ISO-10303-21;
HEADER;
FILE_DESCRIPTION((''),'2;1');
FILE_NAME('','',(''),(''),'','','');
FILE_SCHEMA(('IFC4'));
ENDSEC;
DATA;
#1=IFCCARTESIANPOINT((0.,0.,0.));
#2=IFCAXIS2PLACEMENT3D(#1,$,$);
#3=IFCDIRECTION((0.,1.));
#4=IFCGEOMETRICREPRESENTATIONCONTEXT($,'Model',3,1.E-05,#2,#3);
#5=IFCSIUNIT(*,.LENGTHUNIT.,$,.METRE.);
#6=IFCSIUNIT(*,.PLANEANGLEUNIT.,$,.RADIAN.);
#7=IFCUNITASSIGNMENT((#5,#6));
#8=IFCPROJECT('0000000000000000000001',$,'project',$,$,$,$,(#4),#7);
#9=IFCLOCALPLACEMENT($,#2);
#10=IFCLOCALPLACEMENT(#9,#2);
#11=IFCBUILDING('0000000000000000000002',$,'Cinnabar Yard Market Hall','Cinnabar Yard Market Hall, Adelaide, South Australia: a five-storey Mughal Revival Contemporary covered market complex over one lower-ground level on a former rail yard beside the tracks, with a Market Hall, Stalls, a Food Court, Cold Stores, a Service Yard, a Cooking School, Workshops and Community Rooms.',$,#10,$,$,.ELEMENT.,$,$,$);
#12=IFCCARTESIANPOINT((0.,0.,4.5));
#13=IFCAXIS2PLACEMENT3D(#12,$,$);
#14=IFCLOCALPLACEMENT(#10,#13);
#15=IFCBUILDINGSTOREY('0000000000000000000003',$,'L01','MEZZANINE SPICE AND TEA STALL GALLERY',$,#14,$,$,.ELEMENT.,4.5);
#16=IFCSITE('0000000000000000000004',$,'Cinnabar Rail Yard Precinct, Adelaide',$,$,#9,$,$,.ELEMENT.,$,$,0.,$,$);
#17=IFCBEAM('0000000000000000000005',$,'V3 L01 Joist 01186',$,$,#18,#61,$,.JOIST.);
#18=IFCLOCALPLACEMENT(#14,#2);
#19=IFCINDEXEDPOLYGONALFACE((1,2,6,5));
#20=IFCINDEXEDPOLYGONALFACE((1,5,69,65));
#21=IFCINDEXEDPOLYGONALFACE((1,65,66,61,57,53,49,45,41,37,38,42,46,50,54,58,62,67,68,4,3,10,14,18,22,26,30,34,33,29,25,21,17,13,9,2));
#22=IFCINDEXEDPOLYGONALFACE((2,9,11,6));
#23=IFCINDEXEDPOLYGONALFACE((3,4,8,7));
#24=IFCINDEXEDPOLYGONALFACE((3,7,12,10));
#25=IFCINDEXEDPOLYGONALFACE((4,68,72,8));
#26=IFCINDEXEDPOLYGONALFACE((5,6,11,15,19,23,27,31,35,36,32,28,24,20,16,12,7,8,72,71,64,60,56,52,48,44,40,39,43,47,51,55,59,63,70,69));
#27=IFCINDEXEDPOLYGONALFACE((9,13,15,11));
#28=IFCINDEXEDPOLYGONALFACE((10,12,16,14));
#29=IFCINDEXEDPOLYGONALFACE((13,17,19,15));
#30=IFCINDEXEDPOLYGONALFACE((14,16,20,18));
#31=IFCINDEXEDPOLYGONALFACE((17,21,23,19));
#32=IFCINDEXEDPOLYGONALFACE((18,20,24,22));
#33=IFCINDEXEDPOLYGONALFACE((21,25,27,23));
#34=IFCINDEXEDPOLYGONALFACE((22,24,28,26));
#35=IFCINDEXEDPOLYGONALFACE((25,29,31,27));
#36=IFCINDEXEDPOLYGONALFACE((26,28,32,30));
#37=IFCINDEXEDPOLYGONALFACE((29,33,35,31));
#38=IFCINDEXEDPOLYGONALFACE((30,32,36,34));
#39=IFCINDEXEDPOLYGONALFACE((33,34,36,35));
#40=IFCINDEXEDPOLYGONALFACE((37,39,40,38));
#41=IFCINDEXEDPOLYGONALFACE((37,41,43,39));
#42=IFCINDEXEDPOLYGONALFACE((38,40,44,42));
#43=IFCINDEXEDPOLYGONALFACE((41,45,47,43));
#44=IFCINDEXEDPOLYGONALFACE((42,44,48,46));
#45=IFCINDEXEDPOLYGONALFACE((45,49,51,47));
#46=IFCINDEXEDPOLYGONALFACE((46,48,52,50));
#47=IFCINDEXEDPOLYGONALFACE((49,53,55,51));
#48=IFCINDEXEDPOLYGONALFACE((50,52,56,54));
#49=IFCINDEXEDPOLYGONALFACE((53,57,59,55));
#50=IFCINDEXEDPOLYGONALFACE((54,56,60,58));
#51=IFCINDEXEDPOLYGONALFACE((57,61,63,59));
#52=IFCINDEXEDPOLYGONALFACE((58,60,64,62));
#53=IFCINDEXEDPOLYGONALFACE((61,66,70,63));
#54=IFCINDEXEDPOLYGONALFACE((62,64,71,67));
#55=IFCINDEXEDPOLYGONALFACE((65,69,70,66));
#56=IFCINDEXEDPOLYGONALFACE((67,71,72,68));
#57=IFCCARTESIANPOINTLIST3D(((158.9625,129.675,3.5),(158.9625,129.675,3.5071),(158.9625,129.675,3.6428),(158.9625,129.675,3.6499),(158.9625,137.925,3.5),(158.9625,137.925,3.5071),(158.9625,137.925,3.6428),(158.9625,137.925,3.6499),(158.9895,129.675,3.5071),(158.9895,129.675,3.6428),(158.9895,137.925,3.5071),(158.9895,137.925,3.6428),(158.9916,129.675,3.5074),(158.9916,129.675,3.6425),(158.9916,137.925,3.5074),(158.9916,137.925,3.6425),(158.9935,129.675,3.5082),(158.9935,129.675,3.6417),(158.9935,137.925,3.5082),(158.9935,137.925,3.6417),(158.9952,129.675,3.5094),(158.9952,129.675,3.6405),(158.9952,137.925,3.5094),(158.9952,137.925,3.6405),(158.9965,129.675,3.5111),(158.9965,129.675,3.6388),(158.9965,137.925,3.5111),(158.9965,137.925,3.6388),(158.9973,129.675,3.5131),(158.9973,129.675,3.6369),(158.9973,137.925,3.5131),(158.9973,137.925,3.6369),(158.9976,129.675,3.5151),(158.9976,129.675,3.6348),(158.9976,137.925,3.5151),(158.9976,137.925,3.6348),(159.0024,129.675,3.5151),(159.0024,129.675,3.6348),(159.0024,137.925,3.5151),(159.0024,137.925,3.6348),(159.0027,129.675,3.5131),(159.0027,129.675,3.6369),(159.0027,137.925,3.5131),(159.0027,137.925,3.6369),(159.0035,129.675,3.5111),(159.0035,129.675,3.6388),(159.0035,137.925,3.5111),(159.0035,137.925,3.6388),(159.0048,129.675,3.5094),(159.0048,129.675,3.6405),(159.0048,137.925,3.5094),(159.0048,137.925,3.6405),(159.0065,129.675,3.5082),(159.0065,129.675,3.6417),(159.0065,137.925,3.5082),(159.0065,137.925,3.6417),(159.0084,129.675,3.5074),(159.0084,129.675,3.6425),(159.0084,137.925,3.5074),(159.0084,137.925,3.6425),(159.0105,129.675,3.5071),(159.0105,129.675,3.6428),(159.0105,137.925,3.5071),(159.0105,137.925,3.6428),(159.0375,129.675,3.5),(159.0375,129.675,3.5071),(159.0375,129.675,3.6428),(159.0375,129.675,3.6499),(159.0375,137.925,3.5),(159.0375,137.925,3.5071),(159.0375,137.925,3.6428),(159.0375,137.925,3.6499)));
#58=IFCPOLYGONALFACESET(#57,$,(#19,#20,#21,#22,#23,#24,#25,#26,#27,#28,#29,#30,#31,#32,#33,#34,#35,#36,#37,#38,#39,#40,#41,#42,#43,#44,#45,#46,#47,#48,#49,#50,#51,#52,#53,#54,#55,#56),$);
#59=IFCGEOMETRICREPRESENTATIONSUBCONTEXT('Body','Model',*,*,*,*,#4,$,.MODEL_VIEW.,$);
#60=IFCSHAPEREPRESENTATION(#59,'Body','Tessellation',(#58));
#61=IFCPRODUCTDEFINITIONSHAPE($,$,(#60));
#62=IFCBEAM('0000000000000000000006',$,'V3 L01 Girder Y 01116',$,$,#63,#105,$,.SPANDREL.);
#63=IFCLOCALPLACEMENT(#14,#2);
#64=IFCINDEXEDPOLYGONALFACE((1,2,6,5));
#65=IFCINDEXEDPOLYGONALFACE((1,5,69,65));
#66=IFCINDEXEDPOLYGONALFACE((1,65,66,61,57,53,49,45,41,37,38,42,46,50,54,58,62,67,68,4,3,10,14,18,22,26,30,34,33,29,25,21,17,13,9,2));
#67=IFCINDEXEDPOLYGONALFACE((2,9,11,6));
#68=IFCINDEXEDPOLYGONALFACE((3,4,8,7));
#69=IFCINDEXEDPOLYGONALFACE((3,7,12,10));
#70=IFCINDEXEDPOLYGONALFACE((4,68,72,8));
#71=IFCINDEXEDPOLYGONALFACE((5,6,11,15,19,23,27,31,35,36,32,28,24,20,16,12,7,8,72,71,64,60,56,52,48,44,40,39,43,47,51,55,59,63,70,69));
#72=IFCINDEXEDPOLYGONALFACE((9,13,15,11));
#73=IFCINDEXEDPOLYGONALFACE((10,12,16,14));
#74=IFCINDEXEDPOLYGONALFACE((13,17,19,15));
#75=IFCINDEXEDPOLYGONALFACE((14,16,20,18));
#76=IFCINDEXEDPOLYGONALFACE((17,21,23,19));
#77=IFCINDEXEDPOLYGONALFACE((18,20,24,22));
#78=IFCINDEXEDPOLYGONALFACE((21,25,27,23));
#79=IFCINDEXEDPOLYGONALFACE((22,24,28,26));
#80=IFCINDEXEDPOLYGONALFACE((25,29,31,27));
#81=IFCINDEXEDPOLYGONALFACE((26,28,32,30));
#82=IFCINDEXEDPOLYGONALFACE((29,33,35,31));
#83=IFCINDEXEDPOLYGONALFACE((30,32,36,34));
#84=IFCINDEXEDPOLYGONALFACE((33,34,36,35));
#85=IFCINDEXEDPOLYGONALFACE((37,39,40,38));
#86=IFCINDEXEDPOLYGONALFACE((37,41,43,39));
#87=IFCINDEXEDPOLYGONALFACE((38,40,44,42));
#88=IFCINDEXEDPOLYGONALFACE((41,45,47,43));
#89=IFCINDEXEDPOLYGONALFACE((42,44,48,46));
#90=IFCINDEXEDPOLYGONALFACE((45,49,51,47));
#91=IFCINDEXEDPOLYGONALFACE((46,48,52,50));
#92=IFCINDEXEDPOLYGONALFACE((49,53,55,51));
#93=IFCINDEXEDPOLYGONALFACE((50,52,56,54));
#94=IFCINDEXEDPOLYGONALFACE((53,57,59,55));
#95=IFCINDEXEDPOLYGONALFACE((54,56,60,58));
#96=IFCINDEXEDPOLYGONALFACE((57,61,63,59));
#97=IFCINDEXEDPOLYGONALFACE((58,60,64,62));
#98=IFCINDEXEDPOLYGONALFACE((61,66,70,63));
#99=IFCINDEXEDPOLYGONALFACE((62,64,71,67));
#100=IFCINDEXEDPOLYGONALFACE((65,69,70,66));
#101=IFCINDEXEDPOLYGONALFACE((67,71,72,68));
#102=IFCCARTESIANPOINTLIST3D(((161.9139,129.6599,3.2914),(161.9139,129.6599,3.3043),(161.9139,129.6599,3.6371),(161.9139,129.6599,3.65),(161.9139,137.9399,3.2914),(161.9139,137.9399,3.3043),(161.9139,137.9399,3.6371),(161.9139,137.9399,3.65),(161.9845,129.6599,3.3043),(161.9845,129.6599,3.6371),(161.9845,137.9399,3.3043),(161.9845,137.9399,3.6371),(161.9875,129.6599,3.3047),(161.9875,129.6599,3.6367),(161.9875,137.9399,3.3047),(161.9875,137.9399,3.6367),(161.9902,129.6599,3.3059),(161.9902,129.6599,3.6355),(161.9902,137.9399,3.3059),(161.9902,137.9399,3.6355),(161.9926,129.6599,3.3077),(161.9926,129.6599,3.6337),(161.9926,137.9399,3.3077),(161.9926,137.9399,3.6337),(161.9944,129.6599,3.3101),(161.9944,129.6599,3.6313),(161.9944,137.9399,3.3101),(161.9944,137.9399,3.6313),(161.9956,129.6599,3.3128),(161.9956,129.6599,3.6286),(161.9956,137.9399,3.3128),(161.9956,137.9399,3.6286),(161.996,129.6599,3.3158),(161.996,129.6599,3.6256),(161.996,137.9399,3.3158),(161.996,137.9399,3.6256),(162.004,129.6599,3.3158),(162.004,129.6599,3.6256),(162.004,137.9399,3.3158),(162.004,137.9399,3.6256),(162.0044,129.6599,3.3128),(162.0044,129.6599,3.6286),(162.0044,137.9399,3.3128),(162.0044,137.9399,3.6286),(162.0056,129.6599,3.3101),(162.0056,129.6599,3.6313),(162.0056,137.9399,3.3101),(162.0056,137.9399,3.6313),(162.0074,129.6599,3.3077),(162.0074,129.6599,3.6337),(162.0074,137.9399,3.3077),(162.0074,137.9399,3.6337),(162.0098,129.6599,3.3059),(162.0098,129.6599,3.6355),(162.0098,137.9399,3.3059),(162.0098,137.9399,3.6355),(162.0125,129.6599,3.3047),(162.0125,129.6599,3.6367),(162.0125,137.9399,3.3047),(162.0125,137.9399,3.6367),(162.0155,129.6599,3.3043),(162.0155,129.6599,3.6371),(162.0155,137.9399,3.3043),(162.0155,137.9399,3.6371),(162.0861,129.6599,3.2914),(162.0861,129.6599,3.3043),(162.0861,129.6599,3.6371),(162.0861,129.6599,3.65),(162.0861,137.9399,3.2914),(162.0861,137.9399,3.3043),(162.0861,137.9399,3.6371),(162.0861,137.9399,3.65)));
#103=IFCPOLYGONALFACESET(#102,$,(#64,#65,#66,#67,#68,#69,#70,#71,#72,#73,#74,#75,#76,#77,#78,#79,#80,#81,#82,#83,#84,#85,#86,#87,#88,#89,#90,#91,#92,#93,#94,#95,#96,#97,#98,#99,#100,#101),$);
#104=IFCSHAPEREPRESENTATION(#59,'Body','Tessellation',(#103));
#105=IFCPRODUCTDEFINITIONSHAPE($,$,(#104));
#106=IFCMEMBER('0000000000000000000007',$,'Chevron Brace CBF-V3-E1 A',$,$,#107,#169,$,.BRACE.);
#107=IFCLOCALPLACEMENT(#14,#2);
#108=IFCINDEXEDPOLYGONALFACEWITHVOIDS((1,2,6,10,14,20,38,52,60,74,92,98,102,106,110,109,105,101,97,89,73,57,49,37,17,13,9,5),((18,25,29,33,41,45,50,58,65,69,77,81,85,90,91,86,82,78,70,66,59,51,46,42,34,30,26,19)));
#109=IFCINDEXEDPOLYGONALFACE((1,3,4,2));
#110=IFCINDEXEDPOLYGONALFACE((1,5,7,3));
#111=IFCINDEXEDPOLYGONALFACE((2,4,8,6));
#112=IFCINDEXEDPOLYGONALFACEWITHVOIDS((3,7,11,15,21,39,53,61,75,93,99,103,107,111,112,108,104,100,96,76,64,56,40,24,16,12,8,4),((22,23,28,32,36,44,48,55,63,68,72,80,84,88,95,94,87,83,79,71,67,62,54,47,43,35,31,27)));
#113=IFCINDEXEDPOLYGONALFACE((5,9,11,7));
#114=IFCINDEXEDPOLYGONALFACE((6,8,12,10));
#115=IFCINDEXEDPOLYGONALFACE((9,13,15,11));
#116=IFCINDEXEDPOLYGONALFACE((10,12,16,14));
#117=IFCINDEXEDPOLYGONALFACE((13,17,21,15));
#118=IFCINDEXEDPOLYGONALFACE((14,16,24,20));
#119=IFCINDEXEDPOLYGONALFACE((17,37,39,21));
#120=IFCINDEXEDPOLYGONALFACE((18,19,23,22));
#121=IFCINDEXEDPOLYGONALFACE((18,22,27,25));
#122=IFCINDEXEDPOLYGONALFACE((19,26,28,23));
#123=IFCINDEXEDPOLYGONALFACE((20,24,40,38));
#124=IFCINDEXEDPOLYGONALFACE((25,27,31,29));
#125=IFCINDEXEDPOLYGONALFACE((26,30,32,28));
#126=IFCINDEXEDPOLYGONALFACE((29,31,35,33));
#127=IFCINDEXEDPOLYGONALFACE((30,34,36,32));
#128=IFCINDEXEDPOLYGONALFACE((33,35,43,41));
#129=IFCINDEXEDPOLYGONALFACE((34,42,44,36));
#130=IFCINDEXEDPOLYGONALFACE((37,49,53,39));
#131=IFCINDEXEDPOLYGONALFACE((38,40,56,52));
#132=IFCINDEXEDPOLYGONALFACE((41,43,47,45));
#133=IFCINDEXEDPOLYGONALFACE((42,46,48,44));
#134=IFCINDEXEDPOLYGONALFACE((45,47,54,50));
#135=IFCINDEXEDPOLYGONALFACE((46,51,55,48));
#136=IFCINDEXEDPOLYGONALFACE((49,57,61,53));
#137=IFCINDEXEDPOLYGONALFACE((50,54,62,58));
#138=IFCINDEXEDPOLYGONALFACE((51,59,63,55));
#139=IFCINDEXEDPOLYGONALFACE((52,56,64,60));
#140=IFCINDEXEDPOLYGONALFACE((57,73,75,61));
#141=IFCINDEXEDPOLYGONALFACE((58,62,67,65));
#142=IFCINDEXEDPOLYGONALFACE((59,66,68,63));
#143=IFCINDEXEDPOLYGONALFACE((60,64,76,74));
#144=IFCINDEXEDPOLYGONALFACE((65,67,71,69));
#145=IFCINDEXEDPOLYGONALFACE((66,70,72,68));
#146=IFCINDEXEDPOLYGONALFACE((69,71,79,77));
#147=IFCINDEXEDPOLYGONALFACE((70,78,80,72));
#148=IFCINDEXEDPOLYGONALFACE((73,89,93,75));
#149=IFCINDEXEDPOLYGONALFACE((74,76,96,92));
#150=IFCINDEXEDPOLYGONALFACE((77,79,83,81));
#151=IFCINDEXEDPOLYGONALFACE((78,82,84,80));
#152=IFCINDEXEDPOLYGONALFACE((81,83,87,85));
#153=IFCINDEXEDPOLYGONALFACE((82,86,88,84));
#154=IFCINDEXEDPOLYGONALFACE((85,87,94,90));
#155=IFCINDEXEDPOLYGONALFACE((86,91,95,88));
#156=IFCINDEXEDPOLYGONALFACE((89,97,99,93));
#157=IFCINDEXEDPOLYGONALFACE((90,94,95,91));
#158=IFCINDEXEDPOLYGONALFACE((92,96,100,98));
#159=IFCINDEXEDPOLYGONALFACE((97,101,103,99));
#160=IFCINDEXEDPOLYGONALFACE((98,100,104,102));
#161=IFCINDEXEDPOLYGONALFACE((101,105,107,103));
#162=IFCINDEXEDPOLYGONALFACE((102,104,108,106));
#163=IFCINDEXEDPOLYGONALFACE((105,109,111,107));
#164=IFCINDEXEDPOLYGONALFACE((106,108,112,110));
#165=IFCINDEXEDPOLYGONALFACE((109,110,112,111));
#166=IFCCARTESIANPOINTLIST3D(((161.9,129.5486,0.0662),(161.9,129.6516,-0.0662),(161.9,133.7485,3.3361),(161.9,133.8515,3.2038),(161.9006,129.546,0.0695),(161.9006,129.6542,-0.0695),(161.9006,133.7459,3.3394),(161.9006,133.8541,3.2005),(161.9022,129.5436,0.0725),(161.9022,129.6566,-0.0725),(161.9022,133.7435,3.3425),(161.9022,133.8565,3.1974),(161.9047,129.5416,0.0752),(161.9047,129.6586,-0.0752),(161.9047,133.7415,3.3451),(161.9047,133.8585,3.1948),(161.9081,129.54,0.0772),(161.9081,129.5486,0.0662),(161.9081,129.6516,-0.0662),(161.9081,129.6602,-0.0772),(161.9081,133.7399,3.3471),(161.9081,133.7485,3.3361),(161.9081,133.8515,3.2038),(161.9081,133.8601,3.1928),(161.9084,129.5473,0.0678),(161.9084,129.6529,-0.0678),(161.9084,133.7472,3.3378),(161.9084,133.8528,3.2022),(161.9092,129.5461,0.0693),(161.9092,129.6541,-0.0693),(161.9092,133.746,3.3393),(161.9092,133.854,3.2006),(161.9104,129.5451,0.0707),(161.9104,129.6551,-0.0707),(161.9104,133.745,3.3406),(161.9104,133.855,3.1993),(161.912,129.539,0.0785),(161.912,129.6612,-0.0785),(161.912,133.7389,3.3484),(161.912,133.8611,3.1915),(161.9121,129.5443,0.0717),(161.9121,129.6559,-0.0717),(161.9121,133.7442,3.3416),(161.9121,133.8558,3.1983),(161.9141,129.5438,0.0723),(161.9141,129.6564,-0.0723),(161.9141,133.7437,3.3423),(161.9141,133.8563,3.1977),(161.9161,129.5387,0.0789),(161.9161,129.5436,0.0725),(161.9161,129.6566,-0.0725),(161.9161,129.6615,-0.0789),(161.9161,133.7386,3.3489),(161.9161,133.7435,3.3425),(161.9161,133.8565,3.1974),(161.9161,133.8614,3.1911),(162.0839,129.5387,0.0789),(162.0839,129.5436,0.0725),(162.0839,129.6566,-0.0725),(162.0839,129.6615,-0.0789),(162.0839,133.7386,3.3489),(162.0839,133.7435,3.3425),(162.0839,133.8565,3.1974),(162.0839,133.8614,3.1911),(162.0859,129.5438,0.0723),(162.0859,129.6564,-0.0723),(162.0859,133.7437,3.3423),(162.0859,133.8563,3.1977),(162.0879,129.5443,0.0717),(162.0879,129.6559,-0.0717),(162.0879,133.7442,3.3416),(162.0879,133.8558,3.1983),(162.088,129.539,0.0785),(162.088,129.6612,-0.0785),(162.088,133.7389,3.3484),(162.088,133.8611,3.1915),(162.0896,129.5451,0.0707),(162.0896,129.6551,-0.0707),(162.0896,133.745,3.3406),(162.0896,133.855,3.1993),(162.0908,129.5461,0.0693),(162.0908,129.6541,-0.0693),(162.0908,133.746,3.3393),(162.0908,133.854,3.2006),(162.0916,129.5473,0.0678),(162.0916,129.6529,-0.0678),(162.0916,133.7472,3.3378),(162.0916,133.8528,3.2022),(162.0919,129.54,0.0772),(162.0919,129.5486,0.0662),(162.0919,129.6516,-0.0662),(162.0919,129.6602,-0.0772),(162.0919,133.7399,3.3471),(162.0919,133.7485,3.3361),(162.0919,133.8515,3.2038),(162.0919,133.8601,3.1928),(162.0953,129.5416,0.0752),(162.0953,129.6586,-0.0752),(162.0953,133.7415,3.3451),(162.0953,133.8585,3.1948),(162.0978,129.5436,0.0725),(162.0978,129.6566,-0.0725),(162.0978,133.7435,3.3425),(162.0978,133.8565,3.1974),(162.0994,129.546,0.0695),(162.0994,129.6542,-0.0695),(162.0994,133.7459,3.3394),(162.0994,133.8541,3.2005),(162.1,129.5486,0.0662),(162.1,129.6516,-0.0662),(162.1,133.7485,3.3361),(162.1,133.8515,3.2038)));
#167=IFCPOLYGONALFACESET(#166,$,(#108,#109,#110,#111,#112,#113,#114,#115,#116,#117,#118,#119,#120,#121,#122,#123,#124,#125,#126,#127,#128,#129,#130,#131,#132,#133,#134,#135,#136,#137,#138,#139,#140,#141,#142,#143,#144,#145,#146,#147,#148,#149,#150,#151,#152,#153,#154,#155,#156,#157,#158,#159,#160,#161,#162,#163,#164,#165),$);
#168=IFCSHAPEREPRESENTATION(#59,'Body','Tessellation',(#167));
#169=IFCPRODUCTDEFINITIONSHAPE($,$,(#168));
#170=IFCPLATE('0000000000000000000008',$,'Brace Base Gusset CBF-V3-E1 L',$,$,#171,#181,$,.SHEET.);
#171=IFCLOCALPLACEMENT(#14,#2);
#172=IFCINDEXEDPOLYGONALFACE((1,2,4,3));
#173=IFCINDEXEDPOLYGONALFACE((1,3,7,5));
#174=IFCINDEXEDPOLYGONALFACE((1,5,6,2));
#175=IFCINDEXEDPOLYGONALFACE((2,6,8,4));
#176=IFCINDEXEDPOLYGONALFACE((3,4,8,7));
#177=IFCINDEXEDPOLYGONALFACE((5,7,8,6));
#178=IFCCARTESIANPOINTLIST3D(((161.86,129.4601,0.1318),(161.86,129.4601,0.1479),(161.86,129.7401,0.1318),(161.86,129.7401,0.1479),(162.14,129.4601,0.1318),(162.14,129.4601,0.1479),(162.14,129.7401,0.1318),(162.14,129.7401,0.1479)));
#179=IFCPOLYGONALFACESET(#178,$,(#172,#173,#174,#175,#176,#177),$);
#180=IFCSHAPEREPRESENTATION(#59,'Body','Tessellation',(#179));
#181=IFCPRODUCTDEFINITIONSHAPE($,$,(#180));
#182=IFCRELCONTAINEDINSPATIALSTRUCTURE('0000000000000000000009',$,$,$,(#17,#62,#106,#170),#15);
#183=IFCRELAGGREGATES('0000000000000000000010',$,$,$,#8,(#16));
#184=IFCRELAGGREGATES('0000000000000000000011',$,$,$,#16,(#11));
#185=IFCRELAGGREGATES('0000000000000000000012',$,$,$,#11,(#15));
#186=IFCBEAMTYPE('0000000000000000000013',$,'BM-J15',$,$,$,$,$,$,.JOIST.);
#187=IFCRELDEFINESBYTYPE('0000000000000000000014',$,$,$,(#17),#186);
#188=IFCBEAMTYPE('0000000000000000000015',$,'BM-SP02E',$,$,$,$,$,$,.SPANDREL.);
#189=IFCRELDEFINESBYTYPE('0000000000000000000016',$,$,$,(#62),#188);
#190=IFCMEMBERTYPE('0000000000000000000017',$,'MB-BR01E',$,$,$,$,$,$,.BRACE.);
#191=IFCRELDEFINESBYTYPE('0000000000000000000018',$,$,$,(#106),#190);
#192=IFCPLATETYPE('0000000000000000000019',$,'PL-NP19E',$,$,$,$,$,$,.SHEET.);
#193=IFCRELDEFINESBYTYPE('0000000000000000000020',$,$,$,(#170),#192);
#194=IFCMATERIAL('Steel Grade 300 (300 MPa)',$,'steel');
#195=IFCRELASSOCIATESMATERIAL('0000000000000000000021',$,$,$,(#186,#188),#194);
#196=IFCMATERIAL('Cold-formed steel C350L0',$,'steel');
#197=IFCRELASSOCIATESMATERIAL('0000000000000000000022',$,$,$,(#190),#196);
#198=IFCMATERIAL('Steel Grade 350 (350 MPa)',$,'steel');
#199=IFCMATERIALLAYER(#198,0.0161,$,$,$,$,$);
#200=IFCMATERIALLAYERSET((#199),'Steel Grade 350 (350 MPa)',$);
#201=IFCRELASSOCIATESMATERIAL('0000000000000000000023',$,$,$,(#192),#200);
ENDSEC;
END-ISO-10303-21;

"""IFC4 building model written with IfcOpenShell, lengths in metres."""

from ifc_helpers import new_model, si_unit, direction, frame, origin, origin_2d_with_axis, place, context, subcontext, project, spatial, rectangle, hollow_rectangle, i_section, extrude, material, layer, layer_set, material_profile, profile_set, type_object, element, save


model = new_model("IFC4")

# Units and contexts
model_context = context("Model", 3, precision=1e-05, world=origin(), true_north=direction((0.0, 1.0)))
body_context = subcontext(model_context, "Body", "Model", "MODEL_VIEW")
ifc_project = project(units=[si_unit("LENGTHUNIT", "METRE"), si_unit("PLANEANGLEUNIT", "RADIAN")], contexts=[model_context])

# Site, building, storey
site_placement = place(None, origin())
site = spatial("IfcSite", under=ifc_project, at=site_placement, Name="Cinnabar Rail Yard Precinct, Adelaide", CompositionType="ELEMENT", RefElevation=0.0)
building_placement = place(site_placement, origin())
building = spatial("IfcBuilding", under=site, at=building_placement, Name="Cinnabar Yard Market Hall", Description="Cinnabar Yard Market Hall, Adelaide, South Australia: a five-storey Mughal Revival Contemporary covered market complex over one lower-ground level on a former rail yard beside the tracks, with a Market Hall, Stalls, a Food Court, Cold Stores, a Service Yard, a Cooking School, Workshops and Community Rooms.", CompositionType="ELEMENT")
storey_placement = place(building_placement, frame((0.0, 0.0, 4.5)))
storey = spatial("IfcBuildingStorey", under=building, at=storey_placement, Name="L01", Description="MEZZANINE SPICE AND TEA STALL GALLERY", CompositionType="ELEMENT", Elevation=4.5)

# Shared definitions
ifc_material_1 = material(Name="Steel Grade 300 (300 MPa)", Category="steel")

# Beams
ifc_material_profile_1 = material_profile(ifc_material_1, i_section(OverallWidth=0.075, OverallDepth=0.1499, WebThickness=0.0049, FlangeThickness=0.0071, FilletRadius=0.0081, at=origin_2d_with_axis()), Name="150UB14.0")
ifc_profile_set_1 = profile_set([ifc_material_profile_1], Name="Steel Grade 300 (300 MPa)")
beam_type_1 = type_object("IfcBeamType", Name="BM-J15", PredefinedType="JOIST", material=ifc_profile_set_1)
beam_1_placement = place(storey_placement, frame((159.0, 129.675, 3.575), z_axis=(0.0, 1.0, 0.0), x_axis=(-1.0, 0.0, 0.0)))
element("IfcBeam", 1, at=beam_1_placement, inside=storey, type_object=beam_type_1, Name="V3 L01 Joist 01186", PredefinedType="JOIST", context=body_context, shape_type="SweptSolid", body=[
    extrude(i_section(OverallWidth=0.075, OverallDepth=0.1499, WebThickness=0.0049, FlangeThickness=0.0071, FilletRadius=0.0081, at=origin_2d_with_axis()), origin(), (0.0, 0.0, 1.0), 8.25),
])
ifc_material_profile_2 = material_profile(ifc_material_1, i_section(OverallWidth=0.1721, OverallDepth=0.3586, WebThickness=0.0081, FlangeThickness=0.0129, FilletRadius=0.0115, at=origin_2d_with_axis()), Name="360UB56.7")
ifc_profile_set_2 = profile_set([ifc_material_profile_2], Name="Steel Grade 300 (300 MPa)")
beam_type_2 = type_object("IfcBeamType", Name="BM-SP02E", PredefinedType="SPANDREL", material=ifc_profile_set_2)
beam_2_placement = place(storey_placement, frame((162.0, 129.6599, 3.4707), z_axis=(0.0, 1.0, 0.0), x_axis=(-1.0, 0.0, 0.0)))
element("IfcBeam", 2, at=beam_2_placement, inside=storey, type_object=beam_type_2, Name="V3 L01 Girder Y 01116", PredefinedType="SPANDREL", context=body_context, shape_type="SweptSolid", body=[
    extrude(i_section(OverallWidth=0.1721, OverallDepth=0.3586, WebThickness=0.0081, FlangeThickness=0.0129, FilletRadius=0.0115, at=origin_2d_with_axis()), origin(), (0.0, 0.0, 1.0), 8.28),
])

# Member
ifc_material_2 = material(Name="Cold-formed steel C350L0", Category="steel")
ifc_material_profile_3 = material_profile(ifc_material_2, hollow_rectangle(XDim=0.2, YDim=0.2, WallThickness=0.0081, InnerFilletRadius=0.0081, OuterFilletRadius=0.0161, at=origin_2d_with_axis()), Name="200x200x8.0SHS")
ifc_profile_set_3 = profile_set([ifc_material_profile_3], Name="Cold-formed steel C350L0")
member_type = type_object("IfcMemberType", Name="MB-BR01E", PredefinedType="BRACE", material=ifc_profile_set_3)
member_placement = place(storey_placement, frame((162.0, 129.6001, 0.0), z_axis=(0.0, 0.789043, 0.614337), x_axis=(-1.0, 0.0, 0.0)))
element("IfcMember", 3, at=member_placement, inside=storey, type_object=member_type, Name="Chevron Brace CBF-V3-E1 A", PredefinedType="BRACE", context=body_context, shape_type="SweptSolid", body=[
    extrude(hollow_rectangle(XDim=0.2, YDim=0.2, WallThickness=0.0081, InnerFilletRadius=0.0081, OuterFilletRadius=0.0161, at=origin_2d_with_axis()), origin(), (0.0, 0.0, 1.0), 5.3228),
])

# Plate
ifc_material_3 = material(Name="Steel Grade 350 (350 MPa)", Category="steel")
ifc_layer_1 = layer(ifc_material_3, 0.0161)
ifc_layer_set_1 = layer_set([ifc_layer_1], Name="Steel Grade 350 (350 MPa)")
plate_type = type_object("IfcPlateType", Name="PL-NP19E", PredefinedType="SHEET", material=ifc_layer_set_1)
plate_placement = place(storey_placement, frame((162.0, 129.6001, 0.1318), z_axis=(0.0, 0.0, 1.0), x_axis=(1.0, 0.0, 0.0)))
element("IfcPlate", 4, at=plate_placement, inside=storey, type_object=plate_type, Name="Brace Base Gusset CBF-V3-E1 L", PredefinedType="SHEET", context=body_context, shape_type="SweptSolid", body=[
    extrude(rectangle(XDim=0.28, YDim=0.28, at=origin_2d_with_axis()), origin(), (0.0, 0.0, 1.0), 0.0161),
])

save(model, "model.ifc")
